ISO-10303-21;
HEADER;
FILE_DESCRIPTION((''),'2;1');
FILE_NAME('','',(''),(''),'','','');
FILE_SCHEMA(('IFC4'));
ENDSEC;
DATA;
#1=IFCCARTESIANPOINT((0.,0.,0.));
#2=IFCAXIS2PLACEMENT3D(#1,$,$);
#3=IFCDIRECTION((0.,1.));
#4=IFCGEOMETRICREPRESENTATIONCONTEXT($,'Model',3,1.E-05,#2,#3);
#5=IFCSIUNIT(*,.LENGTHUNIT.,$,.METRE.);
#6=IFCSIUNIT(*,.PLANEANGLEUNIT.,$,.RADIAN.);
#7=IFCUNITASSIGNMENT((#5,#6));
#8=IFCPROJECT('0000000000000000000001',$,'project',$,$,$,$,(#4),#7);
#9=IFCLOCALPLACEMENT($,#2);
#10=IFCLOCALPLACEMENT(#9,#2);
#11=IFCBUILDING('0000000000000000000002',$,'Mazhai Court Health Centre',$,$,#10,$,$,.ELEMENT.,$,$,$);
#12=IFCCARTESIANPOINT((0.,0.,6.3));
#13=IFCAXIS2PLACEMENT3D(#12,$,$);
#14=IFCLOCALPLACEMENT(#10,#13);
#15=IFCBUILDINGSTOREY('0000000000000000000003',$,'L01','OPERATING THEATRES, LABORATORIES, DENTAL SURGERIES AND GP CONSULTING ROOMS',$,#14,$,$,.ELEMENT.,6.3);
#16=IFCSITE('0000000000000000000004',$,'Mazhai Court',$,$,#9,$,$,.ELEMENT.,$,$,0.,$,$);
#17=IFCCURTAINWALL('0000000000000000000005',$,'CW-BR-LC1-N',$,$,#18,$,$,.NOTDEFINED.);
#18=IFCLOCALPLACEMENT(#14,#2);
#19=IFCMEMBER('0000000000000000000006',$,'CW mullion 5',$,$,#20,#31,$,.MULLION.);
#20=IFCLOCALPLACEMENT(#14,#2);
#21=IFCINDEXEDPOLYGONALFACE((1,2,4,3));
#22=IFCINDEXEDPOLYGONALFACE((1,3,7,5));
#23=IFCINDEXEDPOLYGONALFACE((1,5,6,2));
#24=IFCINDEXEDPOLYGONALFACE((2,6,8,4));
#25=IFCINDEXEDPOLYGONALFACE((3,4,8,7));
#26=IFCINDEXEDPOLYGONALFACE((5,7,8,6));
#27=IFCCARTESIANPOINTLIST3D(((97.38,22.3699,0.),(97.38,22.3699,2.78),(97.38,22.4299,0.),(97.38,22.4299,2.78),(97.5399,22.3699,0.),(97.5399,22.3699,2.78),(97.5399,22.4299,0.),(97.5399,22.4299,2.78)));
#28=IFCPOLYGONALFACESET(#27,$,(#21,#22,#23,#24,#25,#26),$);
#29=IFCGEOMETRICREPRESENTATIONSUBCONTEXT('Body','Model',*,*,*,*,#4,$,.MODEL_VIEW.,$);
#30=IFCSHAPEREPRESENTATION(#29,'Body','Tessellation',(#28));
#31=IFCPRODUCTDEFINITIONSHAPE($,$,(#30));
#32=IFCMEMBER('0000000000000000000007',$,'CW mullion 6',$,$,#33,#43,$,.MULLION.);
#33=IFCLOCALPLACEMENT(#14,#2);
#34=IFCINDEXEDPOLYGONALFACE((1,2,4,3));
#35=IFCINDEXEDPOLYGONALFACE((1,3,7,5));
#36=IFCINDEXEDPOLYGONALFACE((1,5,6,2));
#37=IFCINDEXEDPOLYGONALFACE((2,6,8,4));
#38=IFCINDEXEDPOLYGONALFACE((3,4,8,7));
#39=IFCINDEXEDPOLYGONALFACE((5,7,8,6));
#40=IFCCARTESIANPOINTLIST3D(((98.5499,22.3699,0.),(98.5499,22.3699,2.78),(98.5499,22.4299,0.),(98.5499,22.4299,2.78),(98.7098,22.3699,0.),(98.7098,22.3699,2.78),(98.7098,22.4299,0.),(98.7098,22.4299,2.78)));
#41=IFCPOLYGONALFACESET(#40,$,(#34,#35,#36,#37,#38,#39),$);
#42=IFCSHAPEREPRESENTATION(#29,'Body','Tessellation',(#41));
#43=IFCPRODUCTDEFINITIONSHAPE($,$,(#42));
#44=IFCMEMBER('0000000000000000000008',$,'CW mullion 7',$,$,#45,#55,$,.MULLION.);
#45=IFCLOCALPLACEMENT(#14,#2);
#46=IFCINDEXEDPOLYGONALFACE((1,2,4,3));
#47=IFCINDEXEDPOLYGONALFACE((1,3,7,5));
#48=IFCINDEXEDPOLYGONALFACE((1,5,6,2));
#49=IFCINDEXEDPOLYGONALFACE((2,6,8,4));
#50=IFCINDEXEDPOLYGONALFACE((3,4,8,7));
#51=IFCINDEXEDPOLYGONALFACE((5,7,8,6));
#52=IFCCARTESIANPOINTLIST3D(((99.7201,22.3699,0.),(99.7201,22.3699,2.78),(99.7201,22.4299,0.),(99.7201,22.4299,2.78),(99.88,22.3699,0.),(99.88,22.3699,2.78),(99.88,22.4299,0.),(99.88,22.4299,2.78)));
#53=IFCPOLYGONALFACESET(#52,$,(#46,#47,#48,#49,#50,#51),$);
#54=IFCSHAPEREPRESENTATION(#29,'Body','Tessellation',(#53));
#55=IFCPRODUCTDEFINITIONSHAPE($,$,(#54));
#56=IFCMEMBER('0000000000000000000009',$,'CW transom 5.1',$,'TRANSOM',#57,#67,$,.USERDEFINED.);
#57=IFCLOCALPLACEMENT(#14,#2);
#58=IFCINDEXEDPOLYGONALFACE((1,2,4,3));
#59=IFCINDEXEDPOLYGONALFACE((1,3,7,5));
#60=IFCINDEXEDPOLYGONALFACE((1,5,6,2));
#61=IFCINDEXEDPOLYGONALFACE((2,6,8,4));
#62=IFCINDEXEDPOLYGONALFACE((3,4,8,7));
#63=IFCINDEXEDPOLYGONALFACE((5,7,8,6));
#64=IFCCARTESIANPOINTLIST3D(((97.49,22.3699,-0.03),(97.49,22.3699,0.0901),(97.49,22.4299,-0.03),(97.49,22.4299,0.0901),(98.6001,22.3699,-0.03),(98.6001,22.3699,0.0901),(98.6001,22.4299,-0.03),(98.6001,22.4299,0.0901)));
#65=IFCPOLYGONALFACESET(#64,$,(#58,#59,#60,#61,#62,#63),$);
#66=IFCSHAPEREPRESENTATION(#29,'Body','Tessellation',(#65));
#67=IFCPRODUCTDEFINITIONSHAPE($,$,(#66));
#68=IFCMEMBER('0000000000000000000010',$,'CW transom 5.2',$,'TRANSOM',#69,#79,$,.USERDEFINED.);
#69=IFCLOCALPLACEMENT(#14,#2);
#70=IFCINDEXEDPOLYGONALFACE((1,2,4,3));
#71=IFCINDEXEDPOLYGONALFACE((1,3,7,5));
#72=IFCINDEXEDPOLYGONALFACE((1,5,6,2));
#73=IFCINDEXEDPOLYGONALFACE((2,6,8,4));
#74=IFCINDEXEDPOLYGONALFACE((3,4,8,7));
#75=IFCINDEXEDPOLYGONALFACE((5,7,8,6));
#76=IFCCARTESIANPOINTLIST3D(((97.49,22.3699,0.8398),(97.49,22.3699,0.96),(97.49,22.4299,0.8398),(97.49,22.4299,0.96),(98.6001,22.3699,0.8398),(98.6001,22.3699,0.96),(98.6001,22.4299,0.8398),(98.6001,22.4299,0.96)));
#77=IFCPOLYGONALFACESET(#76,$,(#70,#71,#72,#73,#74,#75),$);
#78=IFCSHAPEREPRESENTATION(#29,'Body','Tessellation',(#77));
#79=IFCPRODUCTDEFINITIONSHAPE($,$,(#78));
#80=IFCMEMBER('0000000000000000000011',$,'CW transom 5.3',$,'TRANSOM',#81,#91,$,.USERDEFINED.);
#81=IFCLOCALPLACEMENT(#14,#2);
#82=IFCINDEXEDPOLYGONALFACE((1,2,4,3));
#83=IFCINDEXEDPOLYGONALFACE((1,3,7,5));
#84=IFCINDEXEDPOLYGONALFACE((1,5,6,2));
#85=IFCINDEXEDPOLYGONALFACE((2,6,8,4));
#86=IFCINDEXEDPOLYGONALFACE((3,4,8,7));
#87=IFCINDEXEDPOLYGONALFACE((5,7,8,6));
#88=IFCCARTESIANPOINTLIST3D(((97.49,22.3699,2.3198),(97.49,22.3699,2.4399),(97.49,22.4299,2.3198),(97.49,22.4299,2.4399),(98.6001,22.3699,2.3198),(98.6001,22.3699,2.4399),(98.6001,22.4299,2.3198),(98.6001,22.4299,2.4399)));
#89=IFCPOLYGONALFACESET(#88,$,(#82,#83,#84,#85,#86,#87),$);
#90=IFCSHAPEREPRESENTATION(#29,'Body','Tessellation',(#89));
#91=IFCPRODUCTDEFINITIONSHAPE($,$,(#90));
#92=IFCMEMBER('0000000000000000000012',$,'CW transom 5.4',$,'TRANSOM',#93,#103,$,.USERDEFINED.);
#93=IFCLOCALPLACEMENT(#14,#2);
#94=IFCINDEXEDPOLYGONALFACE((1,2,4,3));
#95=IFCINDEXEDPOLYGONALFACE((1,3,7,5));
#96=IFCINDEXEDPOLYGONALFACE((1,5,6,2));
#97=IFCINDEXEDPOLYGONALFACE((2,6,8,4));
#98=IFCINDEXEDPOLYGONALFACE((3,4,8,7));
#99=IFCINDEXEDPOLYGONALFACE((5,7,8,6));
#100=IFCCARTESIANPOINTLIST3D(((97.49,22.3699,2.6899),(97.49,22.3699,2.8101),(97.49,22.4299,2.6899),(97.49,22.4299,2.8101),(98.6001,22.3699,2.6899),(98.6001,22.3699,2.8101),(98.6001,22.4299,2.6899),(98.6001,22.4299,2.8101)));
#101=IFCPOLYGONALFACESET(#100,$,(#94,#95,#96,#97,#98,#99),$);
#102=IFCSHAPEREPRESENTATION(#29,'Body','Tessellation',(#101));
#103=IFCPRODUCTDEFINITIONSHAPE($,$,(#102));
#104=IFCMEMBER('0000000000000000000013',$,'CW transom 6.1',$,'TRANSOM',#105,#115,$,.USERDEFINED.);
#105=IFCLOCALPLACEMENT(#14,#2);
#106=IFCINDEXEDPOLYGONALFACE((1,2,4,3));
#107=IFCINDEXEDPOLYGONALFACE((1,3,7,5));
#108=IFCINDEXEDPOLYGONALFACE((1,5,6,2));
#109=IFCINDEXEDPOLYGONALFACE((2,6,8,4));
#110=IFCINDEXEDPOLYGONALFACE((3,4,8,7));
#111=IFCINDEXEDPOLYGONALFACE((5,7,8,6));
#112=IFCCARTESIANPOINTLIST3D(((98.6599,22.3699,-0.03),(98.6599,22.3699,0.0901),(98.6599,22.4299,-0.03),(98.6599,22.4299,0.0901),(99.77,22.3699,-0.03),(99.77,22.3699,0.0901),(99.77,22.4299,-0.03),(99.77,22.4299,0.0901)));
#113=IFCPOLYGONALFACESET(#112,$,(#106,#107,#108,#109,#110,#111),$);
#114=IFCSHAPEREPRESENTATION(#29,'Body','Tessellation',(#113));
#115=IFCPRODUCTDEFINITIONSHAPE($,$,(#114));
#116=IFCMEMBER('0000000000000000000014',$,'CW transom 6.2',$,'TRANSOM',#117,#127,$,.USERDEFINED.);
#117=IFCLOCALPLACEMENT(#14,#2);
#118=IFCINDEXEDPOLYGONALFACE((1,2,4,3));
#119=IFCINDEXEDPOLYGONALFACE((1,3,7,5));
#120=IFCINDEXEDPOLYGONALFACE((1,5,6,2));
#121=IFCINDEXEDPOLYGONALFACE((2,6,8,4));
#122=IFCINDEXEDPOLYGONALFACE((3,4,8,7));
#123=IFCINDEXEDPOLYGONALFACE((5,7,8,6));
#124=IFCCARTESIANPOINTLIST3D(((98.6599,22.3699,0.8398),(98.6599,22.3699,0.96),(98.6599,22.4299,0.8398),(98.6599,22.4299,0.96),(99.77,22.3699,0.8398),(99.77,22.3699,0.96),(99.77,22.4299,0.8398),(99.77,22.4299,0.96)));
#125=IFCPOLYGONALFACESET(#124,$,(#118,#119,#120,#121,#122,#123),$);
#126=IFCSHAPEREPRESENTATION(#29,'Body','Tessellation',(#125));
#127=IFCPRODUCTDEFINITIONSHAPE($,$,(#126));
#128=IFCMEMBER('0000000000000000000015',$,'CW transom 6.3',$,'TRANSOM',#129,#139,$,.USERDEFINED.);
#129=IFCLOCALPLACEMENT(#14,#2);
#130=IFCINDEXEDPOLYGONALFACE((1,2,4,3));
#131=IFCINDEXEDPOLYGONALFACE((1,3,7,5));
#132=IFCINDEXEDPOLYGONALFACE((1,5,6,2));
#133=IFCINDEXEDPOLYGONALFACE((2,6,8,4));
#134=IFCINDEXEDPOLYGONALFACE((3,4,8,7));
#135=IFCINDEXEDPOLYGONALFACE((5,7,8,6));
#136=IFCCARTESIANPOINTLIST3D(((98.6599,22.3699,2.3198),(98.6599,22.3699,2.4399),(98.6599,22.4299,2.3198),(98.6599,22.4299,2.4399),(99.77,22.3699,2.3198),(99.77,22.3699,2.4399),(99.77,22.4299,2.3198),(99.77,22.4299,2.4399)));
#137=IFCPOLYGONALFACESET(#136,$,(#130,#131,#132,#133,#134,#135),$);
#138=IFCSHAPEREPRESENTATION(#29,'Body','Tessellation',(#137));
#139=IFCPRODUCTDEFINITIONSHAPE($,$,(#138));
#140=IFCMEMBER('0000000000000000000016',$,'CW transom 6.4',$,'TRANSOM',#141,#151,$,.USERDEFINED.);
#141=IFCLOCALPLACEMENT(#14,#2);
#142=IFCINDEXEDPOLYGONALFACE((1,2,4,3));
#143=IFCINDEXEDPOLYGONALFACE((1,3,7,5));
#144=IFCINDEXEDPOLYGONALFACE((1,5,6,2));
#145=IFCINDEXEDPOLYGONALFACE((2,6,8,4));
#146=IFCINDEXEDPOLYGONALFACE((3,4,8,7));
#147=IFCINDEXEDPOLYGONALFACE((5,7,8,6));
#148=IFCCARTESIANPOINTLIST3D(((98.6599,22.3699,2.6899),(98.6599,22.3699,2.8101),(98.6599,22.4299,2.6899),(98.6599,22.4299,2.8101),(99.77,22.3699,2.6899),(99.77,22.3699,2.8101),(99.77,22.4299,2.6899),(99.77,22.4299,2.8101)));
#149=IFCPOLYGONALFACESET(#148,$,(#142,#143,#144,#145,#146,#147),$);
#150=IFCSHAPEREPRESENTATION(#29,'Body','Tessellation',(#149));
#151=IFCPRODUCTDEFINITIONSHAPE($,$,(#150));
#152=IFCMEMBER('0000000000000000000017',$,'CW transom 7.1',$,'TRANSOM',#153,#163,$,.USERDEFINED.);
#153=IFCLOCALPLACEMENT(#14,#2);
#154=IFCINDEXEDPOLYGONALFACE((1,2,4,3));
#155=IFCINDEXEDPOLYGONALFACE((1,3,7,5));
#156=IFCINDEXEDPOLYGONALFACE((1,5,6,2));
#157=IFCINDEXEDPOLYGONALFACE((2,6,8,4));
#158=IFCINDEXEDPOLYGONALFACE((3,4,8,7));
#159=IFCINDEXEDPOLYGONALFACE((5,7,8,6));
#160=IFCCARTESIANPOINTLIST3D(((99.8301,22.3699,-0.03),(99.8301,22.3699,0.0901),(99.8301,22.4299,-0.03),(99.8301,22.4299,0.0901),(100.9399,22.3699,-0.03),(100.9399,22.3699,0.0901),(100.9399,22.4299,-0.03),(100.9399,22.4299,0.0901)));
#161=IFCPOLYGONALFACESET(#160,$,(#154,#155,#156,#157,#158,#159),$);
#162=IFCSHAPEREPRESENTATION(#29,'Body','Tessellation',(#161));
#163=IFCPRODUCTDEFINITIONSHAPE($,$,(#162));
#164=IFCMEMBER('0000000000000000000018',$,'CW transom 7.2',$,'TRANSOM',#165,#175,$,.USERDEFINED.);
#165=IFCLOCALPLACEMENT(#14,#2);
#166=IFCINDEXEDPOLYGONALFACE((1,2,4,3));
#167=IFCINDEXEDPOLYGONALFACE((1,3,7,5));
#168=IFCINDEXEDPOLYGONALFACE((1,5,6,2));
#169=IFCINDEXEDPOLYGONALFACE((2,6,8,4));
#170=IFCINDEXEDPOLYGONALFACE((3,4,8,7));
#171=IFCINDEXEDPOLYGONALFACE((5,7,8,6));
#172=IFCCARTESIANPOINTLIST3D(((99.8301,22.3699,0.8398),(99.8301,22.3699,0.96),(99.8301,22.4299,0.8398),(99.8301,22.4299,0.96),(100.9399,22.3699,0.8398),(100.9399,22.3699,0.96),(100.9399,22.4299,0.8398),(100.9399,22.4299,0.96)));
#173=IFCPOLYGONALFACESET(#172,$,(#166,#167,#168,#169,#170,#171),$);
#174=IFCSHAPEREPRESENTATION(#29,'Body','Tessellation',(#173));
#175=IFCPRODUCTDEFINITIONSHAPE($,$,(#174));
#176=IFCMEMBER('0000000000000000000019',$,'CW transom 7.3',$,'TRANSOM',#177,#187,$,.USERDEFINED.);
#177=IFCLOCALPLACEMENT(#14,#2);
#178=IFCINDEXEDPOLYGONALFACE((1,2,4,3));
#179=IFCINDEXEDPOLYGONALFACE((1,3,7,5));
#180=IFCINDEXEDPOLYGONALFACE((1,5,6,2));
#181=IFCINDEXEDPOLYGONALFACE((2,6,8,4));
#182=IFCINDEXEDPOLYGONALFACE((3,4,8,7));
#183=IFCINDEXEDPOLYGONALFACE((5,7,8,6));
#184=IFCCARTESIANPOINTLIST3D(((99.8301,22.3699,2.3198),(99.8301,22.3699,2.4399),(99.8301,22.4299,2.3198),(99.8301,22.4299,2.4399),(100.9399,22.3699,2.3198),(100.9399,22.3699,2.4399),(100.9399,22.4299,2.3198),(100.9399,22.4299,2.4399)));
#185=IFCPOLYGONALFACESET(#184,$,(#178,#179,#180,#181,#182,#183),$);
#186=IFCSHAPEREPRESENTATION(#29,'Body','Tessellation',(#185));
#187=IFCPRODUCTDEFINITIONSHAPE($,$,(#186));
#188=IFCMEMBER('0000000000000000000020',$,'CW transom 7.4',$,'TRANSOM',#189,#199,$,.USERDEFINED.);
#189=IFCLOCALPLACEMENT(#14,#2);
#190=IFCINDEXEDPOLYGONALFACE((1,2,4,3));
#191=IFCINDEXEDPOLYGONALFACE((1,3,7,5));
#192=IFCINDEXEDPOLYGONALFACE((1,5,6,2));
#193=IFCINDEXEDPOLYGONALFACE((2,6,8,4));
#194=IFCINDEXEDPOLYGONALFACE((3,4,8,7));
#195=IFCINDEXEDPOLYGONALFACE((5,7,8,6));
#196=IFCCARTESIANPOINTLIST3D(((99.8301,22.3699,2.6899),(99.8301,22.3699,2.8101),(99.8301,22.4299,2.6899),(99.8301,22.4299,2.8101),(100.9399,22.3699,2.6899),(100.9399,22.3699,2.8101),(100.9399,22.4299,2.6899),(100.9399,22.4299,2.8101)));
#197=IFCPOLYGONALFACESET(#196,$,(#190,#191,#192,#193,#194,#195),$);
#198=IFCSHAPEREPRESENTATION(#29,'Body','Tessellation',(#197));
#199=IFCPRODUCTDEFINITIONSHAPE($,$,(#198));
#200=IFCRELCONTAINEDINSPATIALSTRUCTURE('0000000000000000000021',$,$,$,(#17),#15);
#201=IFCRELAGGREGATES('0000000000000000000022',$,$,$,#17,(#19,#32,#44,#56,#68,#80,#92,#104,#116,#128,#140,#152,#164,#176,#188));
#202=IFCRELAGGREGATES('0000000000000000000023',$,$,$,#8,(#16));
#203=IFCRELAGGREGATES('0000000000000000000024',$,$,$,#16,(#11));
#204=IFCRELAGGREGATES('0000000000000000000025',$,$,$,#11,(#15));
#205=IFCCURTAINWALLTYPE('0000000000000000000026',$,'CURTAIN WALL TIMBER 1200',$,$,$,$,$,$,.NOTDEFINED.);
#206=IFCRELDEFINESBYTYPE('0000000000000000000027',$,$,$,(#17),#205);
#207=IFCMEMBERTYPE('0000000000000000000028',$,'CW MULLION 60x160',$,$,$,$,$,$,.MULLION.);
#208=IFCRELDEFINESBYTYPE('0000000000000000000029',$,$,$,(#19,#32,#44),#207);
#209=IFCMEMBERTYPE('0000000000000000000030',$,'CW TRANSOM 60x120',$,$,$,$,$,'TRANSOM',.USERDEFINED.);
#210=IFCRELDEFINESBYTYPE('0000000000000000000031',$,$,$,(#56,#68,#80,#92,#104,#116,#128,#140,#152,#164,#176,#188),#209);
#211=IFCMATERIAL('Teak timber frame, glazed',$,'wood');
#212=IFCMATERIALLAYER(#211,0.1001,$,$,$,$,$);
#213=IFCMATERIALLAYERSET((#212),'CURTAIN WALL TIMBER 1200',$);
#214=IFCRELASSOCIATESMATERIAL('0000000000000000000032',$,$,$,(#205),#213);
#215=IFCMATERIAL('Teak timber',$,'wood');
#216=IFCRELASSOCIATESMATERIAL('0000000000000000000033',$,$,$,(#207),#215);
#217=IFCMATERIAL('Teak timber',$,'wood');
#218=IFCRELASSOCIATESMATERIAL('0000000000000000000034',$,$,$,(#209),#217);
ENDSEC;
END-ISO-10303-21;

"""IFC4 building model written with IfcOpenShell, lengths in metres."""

from ifc_helpers import new_model, si_unit, direction, frame, origin, origin_2d, place, context, subcontext, project, spatial, rectangle, extrude, material, layer, layer_set, material_profile, profile_set, type_object, element, aggregate, save


model = new_model("IFC4")

# Units and contexts
model_context = context("Model", 3, precision=1e-05, world=origin(), true_north=direction((0.0, 1.0)))
body_context = subcontext(model_context, "Body", "Model", "MODEL_VIEW")
ifc_project = project(units=[si_unit("LENGTHUNIT", "METRE"), si_unit("PLANEANGLEUNIT", "RADIAN")], contexts=[model_context])

# Site, building, storey
site_placement = place(None, origin())
site = spatial("IfcSite", under=ifc_project, at=site_placement, Name="Mazhai Court", CompositionType="ELEMENT", RefElevation=0.0)
building_placement = place(site_placement, origin())
building = spatial("IfcBuilding", under=site, at=building_placement, Name="Mazhai Court Health Centre", CompositionType="ELEMENT")
storey_placement = place(building_placement, frame((0.0, 0.0, 6.3)))
storey = spatial("IfcBuildingStorey", under=building, at=storey_placement, Name="L01", Description="OPERATING THEATRES, LABORATORIES, DENTAL SURGERIES AND GP CONSULTING ROOMS", CompositionType="ELEMENT", Elevation=6.3)

# Curtain wall, members
ifc_material_1 = material(Name="Teak timber frame, glazed", Category="wood")
ifc_layer_1 = layer(ifc_material_1, 0.1001)
ifc_layer_set_1 = layer_set([ifc_layer_1], Name="CURTAIN WALL TIMBER 1200")
curtain_wall_type = type_object("IfcCurtainWallType", Name="CURTAIN WALL TIMBER 1200", PredefinedType="NOTDEFINED", material=ifc_layer_set_1)
curtain_wall_placement = place(storey_placement, origin())
curtain_wall = element("IfcCurtainWall", 1, at=curtain_wall_placement, inside=storey, type_object=curtain_wall_type, Name="CW-BR-LC1-N", PredefinedType="NOTDEFINED")
ifc_material_2 = material(Name="Teak timber", Category="wood")
ifc_material_profile_1 = material_profile(ifc_material_2, rectangle(XDim=0.0601, YDim=0.1599, at=origin_2d()), Name="CW MULLION 60x160")
ifc_profile_set_1 = profile_set([ifc_material_profile_1], Name="Teak timber")
member_type_1 = type_object("IfcMemberType", Name="CW MULLION 60x160", PredefinedType="MULLION", material=ifc_profile_set_1)
member_1_placement = place(storey_placement, frame((97.46, 22.3999, 0.0), z_axis=(0.0, 0.0, 1.0), x_axis=(0.0, 1.0, 0.0)))
member_1 = element("IfcMember", 2, at=member_1_placement, type_object=member_type_1, Name="CW mullion 5", PredefinedType="MULLION", context=body_context, shape_type="SweptSolid", body=[
    extrude(rectangle(XDim=0.0601, YDim=0.1599, at=origin_2d()), origin(), (0.0, 0.0, 1.0), 2.78),
])
member_2_placement = place(storey_placement, frame((98.6299, 22.3999, 0.0), z_axis=(0.0, 0.0, 1.0), x_axis=(0.0, 1.0, 0.0)))
member_2 = element("IfcMember", 3, at=member_2_placement, type_object=member_type_1, Name="CW mullion 6", PredefinedType="MULLION", context=body_context, shape_type="SweptSolid", body=[
    extrude(rectangle(XDim=0.0601, YDim=0.1599, at=origin_2d()), origin(), (0.0, 0.0, 1.0), 2.78),
])
member_3_placement = place(storey_placement, frame((99.8, 22.3999, 0.0), z_axis=(0.0, 0.0, 1.0), x_axis=(0.0, 1.0, 0.0)))
member_3 = element("IfcMember", 4, at=member_3_placement, type_object=member_type_1, Name="CW mullion 7", PredefinedType="MULLION", context=body_context, shape_type="SweptSolid", body=[
    extrude(rectangle(XDim=0.0601, YDim=0.1599, at=origin_2d()), origin(), (0.0, 0.0, 1.0), 2.78),
])
ifc_material_3 = material(Name="Teak timber", Category="wood")
ifc_material_profile_2 = material_profile(ifc_material_3, rectangle(XDim=0.0601, YDim=0.1201, at=origin_2d()), Name="CW TRANSOM 60x120")
ifc_profile_set_2 = profile_set([ifc_material_profile_2], Name="Teak timber")
member_type_2 = type_object("IfcMemberType", Name="CW TRANSOM 60x120", ElementType="TRANSOM", PredefinedType="USERDEFINED", material=ifc_profile_set_2)
member_4_placement = place(storey_placement, frame((97.49, 22.3999, 0.03), z_axis=(1.0, 0.0, 0.0), x_axis=(0.0, 1.0, 0.0)))
member_4 = element("IfcMember", 5, at=member_4_placement, type_object=member_type_2, Name="CW transom 5.1", ObjectType="TRANSOM", PredefinedType="USERDEFINED", context=body_context, shape_type="SweptSolid", body=[
    extrude(rectangle(XDim=0.0601, YDim=0.1201, at=origin_2d()), origin(), (0.0, 0.0, 1.0), 1.1101),
])
member_5_placement = place(storey_placement, frame((97.49, 22.3999, 0.8999), z_axis=(1.0, 0.0, 0.0), x_axis=(0.0, 1.0, 0.0)))
member_5 = element("IfcMember", 6, at=member_5_placement, type_object=member_type_2, Name="CW transom 5.2", ObjectType="TRANSOM", PredefinedType="USERDEFINED", context=body_context, shape_type="SweptSolid", body=[
    extrude(rectangle(XDim=0.0601, YDim=0.1201, at=origin_2d()), origin(), (0.0, 0.0, 1.0), 1.1101),
])
member_6_placement = place(storey_placement, frame((97.49, 22.3999, 2.3799), z_axis=(1.0, 0.0, 0.0), x_axis=(0.0, 1.0, 0.0)))
member_6 = element("IfcMember", 7, at=member_6_placement, type_object=member_type_2, Name="CW transom 5.3", ObjectType="TRANSOM", PredefinedType="USERDEFINED", context=body_context, shape_type="SweptSolid", body=[
    extrude(rectangle(XDim=0.0601, YDim=0.1201, at=origin_2d()), origin(), (0.0, 0.0, 1.0), 1.1101),
])
member_7_placement = place(storey_placement, frame((97.49, 22.3999, 2.75), z_axis=(1.0, 0.0, 0.0), x_axis=(0.0, 1.0, 0.0)))
member_7 = element("IfcMember", 8, at=member_7_placement, type_object=member_type_2, Name="CW transom 5.4", ObjectType="TRANSOM", PredefinedType="USERDEFINED", context=body_context, shape_type="SweptSolid", body=[
    extrude(rectangle(XDim=0.0601, YDim=0.1201, at=origin_2d()), origin(), (0.0, 0.0, 1.0), 1.1101),
])
member_8_placement = place(storey_placement, frame((98.6599, 22.3999, 0.03), z_axis=(1.0, 0.0, 0.0), x_axis=(0.0, 1.0, 0.0)))
member_8 = element("IfcMember", 9, at=member_8_placement, type_object=member_type_2, Name="CW transom 6.1", ObjectType="TRANSOM", PredefinedType="USERDEFINED", context=body_context, shape_type="SweptSolid", body=[
    extrude(rectangle(XDim=0.0601, YDim=0.1201, at=origin_2d()), origin(), (0.0, 0.0, 1.0), 1.1101),
])
member_9_placement = place(storey_placement, frame((98.6599, 22.3999, 0.8999), z_axis=(1.0, 0.0, 0.0), x_axis=(0.0, 1.0, 0.0)))
member_9 = element("IfcMember", 10, at=member_9_placement, type_object=member_type_2, Name="CW transom 6.2", ObjectType="TRANSOM", PredefinedType="USERDEFINED", context=body_context, shape_type="SweptSolid", body=[
    extrude(rectangle(XDim=0.0601, YDim=0.1201, at=origin_2d()), origin(), (0.0, 0.0, 1.0), 1.1101),
])
member_10_placement = place(storey_placement, frame((98.6599, 22.3999, 2.3799), z_axis=(1.0, 0.0, 0.0), x_axis=(0.0, 1.0, 0.0)))
member_10 = element("IfcMember", 11, at=member_10_placement, type_object=member_type_2, Name="CW transom 6.3", ObjectType="TRANSOM", PredefinedType="USERDEFINED", context=body_context, shape_type="SweptSolid", body=[
    extrude(rectangle(XDim=0.0601, YDim=0.1201, at=origin_2d()), origin(), (0.0, 0.0, 1.0), 1.1101),
])
member_11_placement = place(storey_placement, frame((98.6599, 22.3999, 2.75), z_axis=(1.0, 0.0, 0.0), x_axis=(0.0, 1.0, 0.0)))
member_11 = element("IfcMember", 12, at=member_11_placement, type_object=member_type_2, Name="CW transom 6.4", ObjectType="TRANSOM", PredefinedType="USERDEFINED", context=body_context, shape_type="SweptSolid", body=[
    extrude(rectangle(XDim=0.0601, YDim=0.1201, at=origin_2d()), origin(), (0.0, 0.0, 1.0), 1.1101),
])
member_12_placement = place(storey_placement, frame((99.8301, 22.3999, 0.03), z_axis=(1.0, 0.0, 0.0), x_axis=(0.0, 1.0, 0.0)))
member_12 = element("IfcMember", 13, at=member_12_placement, type_object=member_type_2, Name="CW transom 7.1", ObjectType="TRANSOM", PredefinedType="USERDEFINED", context=body_context, shape_type="SweptSolid", body=[
    extrude(rectangle(XDim=0.0601, YDim=0.1201, at=origin_2d()), origin(), (0.0, 0.0, 1.0), 1.1099),
])
member_13_placement = place(storey_placement, frame((99.8301, 22.3999, 0.8999), z_axis=(1.0, 0.0, 0.0), x_axis=(0.0, 1.0, 0.0)))
member_13 = element("IfcMember", 14, at=member_13_placement, type_object=member_type_2, Name="CW transom 7.2", ObjectType="TRANSOM", PredefinedType="USERDEFINED", context=body_context, shape_type="SweptSolid", body=[
    extrude(rectangle(XDim=0.0601, YDim=0.1201, at=origin_2d()), origin(), (0.0, 0.0, 1.0), 1.1099),
])
member_14_placement = place(storey_placement, frame((99.8301, 22.3999, 2.3799), z_axis=(1.0, 0.0, 0.0), x_axis=(0.0, 1.0, 0.0)))
member_14 = element("IfcMember", 15, at=member_14_placement, type_object=member_type_2, Name="CW transom 7.3", ObjectType="TRANSOM", PredefinedType="USERDEFINED", context=body_context, shape_type="SweptSolid", body=[
    extrude(rectangle(XDim=0.0601, YDim=0.1201, at=origin_2d()), origin(), (0.0, 0.0, 1.0), 1.1099),
])
member_15_placement = place(storey_placement, frame((99.8301, 22.3999, 2.75), z_axis=(1.0, 0.0, 0.0), x_axis=(0.0, 1.0, 0.0)))
member_15 = element("IfcMember", 16, at=member_15_placement, type_object=member_type_2, Name="CW transom 7.4", ObjectType="TRANSOM", PredefinedType="USERDEFINED", context=body_context, shape_type="SweptSolid", body=[
    extrude(rectangle(XDim=0.0601, YDim=0.1201, at=origin_2d()), origin(), (0.0, 0.0, 1.0), 1.1099),
])
aggregate(curtain_wall, [member_1, member_2, member_3, member_4, member_5, member_6, member_7, member_8, member_9, member_10, member_11, member_12, member_13, member_14, member_15])

save(model, "model.ifc")
